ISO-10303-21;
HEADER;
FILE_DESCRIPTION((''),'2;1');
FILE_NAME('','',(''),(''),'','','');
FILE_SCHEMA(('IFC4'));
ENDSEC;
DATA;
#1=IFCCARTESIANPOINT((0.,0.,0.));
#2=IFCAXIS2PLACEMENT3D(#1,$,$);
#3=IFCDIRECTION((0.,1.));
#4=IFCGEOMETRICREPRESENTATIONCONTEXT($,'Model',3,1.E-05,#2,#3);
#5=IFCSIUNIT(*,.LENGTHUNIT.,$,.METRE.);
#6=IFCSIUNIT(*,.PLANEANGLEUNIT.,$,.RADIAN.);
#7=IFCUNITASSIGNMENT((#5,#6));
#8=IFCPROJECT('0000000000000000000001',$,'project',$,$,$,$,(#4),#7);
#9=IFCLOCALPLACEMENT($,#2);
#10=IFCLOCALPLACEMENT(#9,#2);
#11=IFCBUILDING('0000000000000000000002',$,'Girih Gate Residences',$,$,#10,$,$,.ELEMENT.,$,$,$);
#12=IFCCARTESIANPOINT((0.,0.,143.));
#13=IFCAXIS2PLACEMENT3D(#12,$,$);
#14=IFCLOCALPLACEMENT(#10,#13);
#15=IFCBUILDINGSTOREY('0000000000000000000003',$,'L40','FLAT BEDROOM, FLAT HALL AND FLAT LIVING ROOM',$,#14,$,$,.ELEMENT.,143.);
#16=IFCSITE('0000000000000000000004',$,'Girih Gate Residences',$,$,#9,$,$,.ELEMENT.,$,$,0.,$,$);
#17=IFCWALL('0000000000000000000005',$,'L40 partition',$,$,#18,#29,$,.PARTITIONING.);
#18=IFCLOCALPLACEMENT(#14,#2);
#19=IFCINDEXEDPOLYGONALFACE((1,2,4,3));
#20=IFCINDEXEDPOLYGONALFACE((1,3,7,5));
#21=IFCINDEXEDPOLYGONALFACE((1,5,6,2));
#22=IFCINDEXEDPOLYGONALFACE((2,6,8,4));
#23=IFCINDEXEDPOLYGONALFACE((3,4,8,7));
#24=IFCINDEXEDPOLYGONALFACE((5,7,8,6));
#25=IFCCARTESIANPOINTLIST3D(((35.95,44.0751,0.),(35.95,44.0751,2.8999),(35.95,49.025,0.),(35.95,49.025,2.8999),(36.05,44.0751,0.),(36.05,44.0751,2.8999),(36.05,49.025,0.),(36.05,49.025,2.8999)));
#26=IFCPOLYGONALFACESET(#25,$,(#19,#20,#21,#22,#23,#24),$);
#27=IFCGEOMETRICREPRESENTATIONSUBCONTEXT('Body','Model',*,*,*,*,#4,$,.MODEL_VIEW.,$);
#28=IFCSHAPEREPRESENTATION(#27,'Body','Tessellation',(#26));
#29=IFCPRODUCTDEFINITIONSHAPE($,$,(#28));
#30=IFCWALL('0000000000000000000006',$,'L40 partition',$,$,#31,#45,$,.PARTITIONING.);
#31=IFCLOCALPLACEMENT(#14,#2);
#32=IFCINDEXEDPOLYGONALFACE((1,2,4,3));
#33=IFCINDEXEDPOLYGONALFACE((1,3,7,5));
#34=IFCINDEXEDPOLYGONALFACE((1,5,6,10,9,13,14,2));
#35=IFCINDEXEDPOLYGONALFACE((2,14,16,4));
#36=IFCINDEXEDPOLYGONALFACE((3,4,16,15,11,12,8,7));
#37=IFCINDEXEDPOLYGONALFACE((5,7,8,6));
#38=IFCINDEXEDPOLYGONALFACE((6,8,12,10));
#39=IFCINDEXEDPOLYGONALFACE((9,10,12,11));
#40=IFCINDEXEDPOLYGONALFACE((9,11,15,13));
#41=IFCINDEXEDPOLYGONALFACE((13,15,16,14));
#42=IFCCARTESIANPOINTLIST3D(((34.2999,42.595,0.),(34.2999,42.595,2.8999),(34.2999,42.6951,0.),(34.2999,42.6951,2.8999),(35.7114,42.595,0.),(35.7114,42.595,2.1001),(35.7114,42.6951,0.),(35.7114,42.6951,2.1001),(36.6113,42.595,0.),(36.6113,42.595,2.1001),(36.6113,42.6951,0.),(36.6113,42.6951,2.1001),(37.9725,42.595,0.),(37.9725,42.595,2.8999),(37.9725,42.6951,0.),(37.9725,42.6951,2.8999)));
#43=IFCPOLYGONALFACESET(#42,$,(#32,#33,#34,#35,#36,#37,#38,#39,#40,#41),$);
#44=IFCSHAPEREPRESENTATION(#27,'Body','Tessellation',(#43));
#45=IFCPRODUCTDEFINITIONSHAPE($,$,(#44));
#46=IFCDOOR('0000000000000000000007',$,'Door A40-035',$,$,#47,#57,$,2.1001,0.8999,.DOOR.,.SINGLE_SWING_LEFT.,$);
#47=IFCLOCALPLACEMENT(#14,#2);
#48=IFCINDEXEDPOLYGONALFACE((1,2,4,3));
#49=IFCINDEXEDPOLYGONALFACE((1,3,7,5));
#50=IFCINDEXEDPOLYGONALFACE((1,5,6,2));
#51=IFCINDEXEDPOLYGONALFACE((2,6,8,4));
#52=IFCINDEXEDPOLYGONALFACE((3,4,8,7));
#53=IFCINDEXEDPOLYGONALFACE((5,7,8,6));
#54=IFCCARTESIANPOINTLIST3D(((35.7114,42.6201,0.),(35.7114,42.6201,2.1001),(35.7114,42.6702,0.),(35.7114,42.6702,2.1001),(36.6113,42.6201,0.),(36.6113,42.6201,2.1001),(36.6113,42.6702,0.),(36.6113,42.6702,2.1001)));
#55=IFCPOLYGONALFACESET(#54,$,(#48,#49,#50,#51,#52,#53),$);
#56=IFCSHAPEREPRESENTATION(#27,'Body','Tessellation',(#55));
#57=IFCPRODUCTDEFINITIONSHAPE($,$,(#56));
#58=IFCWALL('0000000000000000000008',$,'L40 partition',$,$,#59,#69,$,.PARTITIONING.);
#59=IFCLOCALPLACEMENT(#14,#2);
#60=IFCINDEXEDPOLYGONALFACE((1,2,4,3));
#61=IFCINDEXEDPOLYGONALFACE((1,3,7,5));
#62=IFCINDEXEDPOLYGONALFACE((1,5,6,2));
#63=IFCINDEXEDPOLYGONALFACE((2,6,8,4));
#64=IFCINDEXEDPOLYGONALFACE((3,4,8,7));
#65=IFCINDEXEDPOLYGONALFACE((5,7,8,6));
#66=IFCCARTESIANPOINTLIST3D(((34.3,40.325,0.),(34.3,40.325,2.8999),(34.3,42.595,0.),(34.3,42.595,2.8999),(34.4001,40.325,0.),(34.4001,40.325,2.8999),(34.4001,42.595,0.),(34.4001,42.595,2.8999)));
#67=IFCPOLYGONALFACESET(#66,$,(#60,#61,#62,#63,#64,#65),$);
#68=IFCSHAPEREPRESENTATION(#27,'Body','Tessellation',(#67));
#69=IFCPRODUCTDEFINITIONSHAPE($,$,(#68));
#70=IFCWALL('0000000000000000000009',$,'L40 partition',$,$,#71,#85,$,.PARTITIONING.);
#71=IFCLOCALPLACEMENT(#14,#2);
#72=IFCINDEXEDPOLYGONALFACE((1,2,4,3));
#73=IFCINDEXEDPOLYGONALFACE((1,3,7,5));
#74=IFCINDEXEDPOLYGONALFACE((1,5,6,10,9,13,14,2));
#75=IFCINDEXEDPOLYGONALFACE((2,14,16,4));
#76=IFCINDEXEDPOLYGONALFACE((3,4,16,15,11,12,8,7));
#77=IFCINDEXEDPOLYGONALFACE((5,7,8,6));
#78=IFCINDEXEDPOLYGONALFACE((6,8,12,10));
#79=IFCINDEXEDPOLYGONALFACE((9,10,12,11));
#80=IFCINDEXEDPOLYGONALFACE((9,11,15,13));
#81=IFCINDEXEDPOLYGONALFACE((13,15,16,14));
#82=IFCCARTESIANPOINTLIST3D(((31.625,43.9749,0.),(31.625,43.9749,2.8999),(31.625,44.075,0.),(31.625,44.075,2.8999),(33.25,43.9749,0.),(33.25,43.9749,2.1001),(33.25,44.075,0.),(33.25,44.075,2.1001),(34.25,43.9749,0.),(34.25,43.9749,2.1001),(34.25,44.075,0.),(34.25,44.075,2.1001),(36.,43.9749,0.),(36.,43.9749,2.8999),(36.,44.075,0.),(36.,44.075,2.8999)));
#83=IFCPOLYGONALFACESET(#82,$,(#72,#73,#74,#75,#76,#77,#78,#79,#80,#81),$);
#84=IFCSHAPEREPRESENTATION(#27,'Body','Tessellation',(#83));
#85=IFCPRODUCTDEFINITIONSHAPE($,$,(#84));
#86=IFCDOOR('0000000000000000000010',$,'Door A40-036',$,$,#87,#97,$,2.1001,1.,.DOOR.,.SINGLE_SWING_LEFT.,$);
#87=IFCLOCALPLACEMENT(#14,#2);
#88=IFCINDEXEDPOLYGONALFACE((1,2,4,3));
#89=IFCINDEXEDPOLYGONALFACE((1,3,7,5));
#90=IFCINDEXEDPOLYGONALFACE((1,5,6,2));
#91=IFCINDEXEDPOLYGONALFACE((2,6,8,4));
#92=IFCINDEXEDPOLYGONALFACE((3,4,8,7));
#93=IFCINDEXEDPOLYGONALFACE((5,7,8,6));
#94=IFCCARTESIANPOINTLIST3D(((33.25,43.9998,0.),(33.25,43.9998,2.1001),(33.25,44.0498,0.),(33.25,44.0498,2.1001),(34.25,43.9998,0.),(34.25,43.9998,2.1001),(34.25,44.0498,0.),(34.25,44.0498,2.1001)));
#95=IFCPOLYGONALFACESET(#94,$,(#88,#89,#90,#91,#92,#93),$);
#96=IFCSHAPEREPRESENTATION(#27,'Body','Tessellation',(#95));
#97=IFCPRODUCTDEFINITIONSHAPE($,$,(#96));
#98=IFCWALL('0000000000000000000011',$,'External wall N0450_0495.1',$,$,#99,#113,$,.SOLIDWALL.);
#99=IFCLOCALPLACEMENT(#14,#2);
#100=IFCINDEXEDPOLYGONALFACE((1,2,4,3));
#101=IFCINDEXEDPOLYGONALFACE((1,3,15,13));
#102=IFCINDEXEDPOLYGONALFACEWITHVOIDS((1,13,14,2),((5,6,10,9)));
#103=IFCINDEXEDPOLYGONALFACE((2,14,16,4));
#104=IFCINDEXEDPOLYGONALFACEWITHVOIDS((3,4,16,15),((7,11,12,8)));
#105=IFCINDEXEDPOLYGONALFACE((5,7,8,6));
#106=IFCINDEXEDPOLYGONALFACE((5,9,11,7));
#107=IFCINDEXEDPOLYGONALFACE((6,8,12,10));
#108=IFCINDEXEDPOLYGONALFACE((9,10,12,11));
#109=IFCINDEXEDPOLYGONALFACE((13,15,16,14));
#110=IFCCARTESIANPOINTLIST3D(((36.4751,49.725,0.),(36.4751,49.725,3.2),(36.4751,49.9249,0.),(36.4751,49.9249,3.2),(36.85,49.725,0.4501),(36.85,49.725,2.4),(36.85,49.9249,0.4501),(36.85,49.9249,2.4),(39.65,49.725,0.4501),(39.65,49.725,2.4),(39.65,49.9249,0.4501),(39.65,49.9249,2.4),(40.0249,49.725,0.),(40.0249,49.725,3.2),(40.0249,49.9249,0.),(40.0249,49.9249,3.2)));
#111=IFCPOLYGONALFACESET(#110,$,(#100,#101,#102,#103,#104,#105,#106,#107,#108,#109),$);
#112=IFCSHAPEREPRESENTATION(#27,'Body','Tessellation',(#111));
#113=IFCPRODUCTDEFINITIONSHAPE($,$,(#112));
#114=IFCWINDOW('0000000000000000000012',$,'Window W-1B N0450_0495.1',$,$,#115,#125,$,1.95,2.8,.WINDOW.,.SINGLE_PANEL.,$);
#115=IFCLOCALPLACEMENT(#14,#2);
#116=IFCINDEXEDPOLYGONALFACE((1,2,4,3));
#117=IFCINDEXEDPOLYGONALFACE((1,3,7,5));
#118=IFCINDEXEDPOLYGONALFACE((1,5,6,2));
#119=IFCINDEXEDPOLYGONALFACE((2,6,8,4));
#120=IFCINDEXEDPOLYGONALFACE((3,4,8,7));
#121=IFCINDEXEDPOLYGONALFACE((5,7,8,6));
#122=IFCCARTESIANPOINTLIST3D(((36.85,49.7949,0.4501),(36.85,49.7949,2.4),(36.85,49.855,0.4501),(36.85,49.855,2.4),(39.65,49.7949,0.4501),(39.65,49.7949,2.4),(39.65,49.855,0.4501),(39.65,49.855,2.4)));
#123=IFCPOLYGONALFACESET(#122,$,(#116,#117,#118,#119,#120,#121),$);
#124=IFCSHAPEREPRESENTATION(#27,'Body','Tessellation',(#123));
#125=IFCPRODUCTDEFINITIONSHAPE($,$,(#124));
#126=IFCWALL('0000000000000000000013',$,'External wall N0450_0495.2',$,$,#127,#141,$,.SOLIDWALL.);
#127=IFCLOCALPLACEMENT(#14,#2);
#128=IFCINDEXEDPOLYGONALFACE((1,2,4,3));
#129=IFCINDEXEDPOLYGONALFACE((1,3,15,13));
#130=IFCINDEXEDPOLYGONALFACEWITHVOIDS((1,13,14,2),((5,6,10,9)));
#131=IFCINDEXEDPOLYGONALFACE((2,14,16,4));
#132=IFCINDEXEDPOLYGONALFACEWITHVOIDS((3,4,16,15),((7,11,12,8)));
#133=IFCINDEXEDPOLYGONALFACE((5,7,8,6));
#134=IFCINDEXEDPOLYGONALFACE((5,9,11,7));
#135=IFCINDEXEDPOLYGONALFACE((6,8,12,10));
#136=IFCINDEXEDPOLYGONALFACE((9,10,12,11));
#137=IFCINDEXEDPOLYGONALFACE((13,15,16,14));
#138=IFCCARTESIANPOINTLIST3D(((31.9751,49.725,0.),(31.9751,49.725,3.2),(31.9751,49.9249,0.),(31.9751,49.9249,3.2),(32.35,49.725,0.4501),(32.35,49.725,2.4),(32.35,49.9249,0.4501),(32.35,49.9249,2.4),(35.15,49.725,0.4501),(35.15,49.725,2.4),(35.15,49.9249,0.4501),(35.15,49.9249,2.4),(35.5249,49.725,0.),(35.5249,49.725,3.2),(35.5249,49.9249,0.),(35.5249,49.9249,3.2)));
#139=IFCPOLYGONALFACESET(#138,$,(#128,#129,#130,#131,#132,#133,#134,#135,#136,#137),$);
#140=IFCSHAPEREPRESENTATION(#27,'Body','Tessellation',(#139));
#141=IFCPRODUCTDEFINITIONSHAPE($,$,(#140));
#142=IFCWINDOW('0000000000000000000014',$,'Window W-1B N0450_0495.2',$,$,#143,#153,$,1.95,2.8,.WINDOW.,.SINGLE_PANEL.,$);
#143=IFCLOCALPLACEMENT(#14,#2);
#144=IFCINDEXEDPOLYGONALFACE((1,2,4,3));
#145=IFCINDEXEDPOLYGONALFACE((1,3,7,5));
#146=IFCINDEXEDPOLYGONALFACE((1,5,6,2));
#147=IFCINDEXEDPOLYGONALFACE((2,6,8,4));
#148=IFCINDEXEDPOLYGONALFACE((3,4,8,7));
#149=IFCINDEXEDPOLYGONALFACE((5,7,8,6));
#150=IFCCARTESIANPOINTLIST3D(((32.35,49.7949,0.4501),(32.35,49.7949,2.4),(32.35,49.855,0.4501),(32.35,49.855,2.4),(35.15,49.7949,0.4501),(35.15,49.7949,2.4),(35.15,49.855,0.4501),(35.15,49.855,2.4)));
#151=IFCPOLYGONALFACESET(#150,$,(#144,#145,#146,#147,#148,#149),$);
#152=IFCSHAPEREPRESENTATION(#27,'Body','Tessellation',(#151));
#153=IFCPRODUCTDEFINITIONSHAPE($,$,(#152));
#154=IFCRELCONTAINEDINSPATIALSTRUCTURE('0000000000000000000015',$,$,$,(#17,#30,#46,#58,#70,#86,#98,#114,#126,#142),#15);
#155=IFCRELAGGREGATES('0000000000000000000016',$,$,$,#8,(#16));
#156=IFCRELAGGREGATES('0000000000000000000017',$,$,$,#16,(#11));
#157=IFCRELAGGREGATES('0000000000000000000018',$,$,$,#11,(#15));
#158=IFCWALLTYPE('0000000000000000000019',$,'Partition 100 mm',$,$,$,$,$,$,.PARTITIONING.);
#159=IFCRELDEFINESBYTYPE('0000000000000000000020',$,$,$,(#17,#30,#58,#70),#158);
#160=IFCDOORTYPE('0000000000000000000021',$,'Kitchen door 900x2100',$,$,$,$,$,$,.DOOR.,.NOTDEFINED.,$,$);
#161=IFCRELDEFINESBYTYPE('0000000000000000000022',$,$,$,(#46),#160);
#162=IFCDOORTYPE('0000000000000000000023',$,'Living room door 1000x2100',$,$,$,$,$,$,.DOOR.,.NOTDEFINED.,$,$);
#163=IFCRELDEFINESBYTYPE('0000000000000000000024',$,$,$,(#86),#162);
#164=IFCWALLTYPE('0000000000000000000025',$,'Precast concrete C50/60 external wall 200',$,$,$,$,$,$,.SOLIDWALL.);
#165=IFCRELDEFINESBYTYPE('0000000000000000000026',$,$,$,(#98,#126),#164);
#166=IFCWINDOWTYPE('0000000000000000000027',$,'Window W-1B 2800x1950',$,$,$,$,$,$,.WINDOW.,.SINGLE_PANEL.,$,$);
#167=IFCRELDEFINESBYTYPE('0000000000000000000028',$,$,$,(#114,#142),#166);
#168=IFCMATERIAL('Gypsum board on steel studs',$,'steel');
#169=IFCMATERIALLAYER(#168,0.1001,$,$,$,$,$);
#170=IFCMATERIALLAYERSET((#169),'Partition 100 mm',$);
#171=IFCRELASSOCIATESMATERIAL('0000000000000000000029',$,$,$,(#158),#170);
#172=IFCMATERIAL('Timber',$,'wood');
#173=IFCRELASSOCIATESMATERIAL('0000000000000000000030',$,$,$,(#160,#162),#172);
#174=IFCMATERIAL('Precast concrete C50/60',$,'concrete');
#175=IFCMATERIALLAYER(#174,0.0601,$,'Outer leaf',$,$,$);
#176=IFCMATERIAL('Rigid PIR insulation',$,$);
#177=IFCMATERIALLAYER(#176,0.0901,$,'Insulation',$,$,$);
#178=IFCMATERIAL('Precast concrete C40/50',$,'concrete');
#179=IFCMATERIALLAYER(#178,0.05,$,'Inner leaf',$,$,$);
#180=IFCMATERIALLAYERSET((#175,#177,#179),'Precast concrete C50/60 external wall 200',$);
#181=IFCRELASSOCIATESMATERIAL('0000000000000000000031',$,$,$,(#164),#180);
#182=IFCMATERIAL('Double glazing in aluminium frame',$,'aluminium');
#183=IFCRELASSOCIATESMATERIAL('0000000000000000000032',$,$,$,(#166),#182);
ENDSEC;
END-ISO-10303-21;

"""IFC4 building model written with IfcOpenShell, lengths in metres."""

from ifc_helpers import new_model, si_unit, direction, frame, frame_2d, origin, place, context, subcontext, project, spatial, rectangle, extrude, material, layer, layer_set, type_object, element, fill, save


model = new_model("IFC4")

# Units and contexts
model_context = context("Model", 3, precision=1e-05, world=origin(), true_north=direction((0.0, 1.0)))
body_context = subcontext(model_context, "Body", "Model", "MODEL_VIEW")
ifc_project = project(units=[si_unit("LENGTHUNIT", "METRE"), si_unit("PLANEANGLEUNIT", "RADIAN")], contexts=[model_context])

# Site, building, storey
site_placement = place(None, origin())
site = spatial("IfcSite", under=ifc_project, at=site_placement, Name="Girih Gate Residences", CompositionType="ELEMENT", RefElevation=0.0)
building_placement = place(site_placement, origin())
building = spatial("IfcBuilding", under=site, at=building_placement, Name="Girih Gate Residences", CompositionType="ELEMENT")
storey_placement = place(building_placement, frame((0.0, 0.0, 143.0)))
storey = spatial("IfcBuildingStorey", under=building, at=storey_placement, Name="L40", Description="FLAT BEDROOM, FLAT HALL AND FLAT LIVING ROOM", CompositionType="ELEMENT", Elevation=143.0)

# Shared definitions
ifc_material_1 = material(Name="Gypsum board on steel studs", Category="steel")

# Shared definitions
ifc_layer_1 = layer(ifc_material_1, 0.1001)
ifc_layer_set_1 = layer_set([ifc_layer_1], Name="Partition 100 mm")
wall_type_1 = type_object("IfcWallType", Name="Partition 100 mm", PredefinedType="PARTITIONING", material=ifc_layer_set_1)
ifc_material_2 = material(Name="Timber", Category="wood")

# Wall
wall_1_placement = place(storey_placement, frame((36.0, 44.075, 0.0), z_axis=(0.0, 0.0, 1.0), x_axis=(0.0, 1.0, 0.0)))
element("IfcWall", 1, at=wall_1_placement, inside=storey, type_object=wall_type_1, Name="L40 partition", PredefinedType="PARTITIONING", context=body_context, shape_type="SweptSolid", body=[
    extrude(rectangle(XDim=4.95, YDim=0.1001, at=frame_2d((2.4751, 0.0))), origin(), (0.0, 0.0, 1.0), 2.8999),
])

# Wall, opening, door
wall_2_placement = place(storey_placement, frame((37.9727, 42.645, 0.0), z_axis=(0.0, 0.0, 1.0), x_axis=(-1.0, 0.0, 0.0)))
wall_2 = element("IfcWall", 2, at=wall_2_placement, inside=storey, type_object=wall_type_1, Name="L40 partition", PredefinedType="PARTITIONING", context=body_context, shape_type="SweptSolid", body=[
    extrude(rectangle(XDim=3.6726, YDim=0.1001, at=frame_2d((1.8364, 0.0))), origin(), (0.0, 0.0, 1.0), 2.8999),
])
opening_1_placement = place(wall_2_placement, frame((1.3613, 0.0, 0.0)))
opening_1 = element("IfcOpeningElement", 3, at=opening_1_placement, cuts=wall_2, PredefinedType="OPENING", context=body_context, shape_type="SweptSolid", body=[
    extrude(rectangle(XDim=0.8999, YDim=2.1001, at=frame_2d((0.45, 1.05))), frame((0.0, 0.0601, 0.0), z_axis=(0.0, -1.0, 0.0), x_axis=(1.0, 0.0, 0.0)), (0.0, 0.0, 1.0), 0.1201),
])
door_type_1 = type_object("IfcDoorType", Name="Kitchen door 900x2100", OperationType="NOTDEFINED", PredefinedType="DOOR", material=ifc_material_2)
door_1_placement = place(opening_1_placement, origin())
door_1 = element("IfcDoor", 4, at=door_1_placement, inside=storey, type_object=door_type_1, Name="Door A40-035", OperationType="SINGLE_SWING_LEFT", OverallHeight=2.1001, OverallWidth=0.8999, PredefinedType="DOOR", context=body_context, shape_type="SweptSolid", body=[
    extrude(rectangle(XDim=0.8999, YDim=2.1001, at=frame_2d((0.45, 1.05))), frame((0.0, 0.0249, 0.0), z_axis=(0.0, -1.0, 0.0), x_axis=(1.0, 0.0, 0.0)), (0.0, 0.0, 1.0), 0.05),
])
fill(opening_1, door_1)

# Wall
wall_3_placement = place(storey_placement, frame((34.3501, 40.325, 0.0), z_axis=(0.0, 0.0, 1.0), x_axis=(0.0, 1.0, 0.0)))
element("IfcWall", 5, at=wall_3_placement, inside=storey, type_object=wall_type_1, Name="L40 partition", PredefinedType="PARTITIONING", context=body_context, shape_type="SweptSolid", body=[
    extrude(rectangle(XDim=2.27, YDim=0.1001, at=frame_2d((1.135, 0.0))), origin(), (0.0, 0.0, 1.0), 2.8999),
])

# Wall, opening, door
wall_4_placement = place(storey_placement, frame((31.625, 44.0249, 0.0), z_axis=(0.0, 0.0, 1.0), x_axis=(1.0, 0.0, 0.0)))
wall_4 = element("IfcWall", 6, at=wall_4_placement, inside=storey, type_object=wall_type_1, Name="L40 partition", PredefinedType="PARTITIONING", context=body_context, shape_type="SweptSolid", body=[
    extrude(rectangle(XDim=4.375, YDim=0.1001, at=frame_2d((2.1875, 0.0))), origin(), (0.0, 0.0, 1.0), 2.8999),
])
opening_2_placement = place(wall_4_placement, frame((1.625, 0.0, 0.0)))
opening_2 = element("IfcOpeningElement", 7, at=opening_2_placement, cuts=wall_4, PredefinedType="OPENING", context=body_context, shape_type="SweptSolid", body=[
    extrude(rectangle(XDim=1.0, YDim=2.1001, at=frame_2d((0.5, 1.05))), frame((0.0, 0.0601, 0.0), z_axis=(0.0, -1.0, 0.0), x_axis=(1.0, 0.0, 0.0)), (0.0, 0.0, 1.0), 0.1201),
])
door_type_2 = type_object("IfcDoorType", Name="Living room door 1000x2100", OperationType="NOTDEFINED", PredefinedType="DOOR", material=ifc_material_2)
door_2_placement = place(opening_2_placement, origin())
door_2 = element("IfcDoor", 8, at=door_2_placement, inside=storey, type_object=door_type_2, Name="Door A40-036", OperationType="SINGLE_SWING_LEFT", OverallHeight=2.1001, OverallWidth=1.0, PredefinedType="DOOR", context=body_context, shape_type="SweptSolid", body=[
    extrude(rectangle(XDim=1.0, YDim=2.1001, at=frame_2d((0.5, 1.05))), frame((0.0, 0.0249, 0.0), z_axis=(0.0, -1.0, 0.0), x_axis=(1.0, 0.0, 0.0)), (0.0, 0.0, 1.0), 0.05),
])
fill(opening_2, door_2)

# Walls, openings, windows
ifc_material_3 = material(Name="Precast concrete C50/60", Category="concrete")
ifc_layer_2 = layer(ifc_material_3, 0.0601, Name="Outer leaf")
ifc_material_4 = material(Name="Rigid PIR insulation")
ifc_layer_3 = layer(ifc_material_4, 0.0901, Name="Insulation")
ifc_material_5 = material(Name="Precast concrete C40/50", Category="concrete")
ifc_layer_4 = layer(ifc_material_5, 0.05, Name="Inner leaf")
ifc_layer_set_2 = layer_set([ifc_layer_2, ifc_layer_3, ifc_layer_4], Name="Precast concrete C50/60 external wall 200")
wall_type_2 = type_object("IfcWallType", Name="Precast concrete C50/60 external wall 200", PredefinedType="SOLIDWALL", material=ifc_layer_set_2)
wall_5_placement = place(storey_placement, frame((36.4751, 49.825, 0.0), z_axis=(0.0, 0.0, 1.0), x_axis=(1.0, 0.0, 0.0)))
wall_5 = element("IfcWall", 9, at=wall_5_placement, inside=storey, type_object=wall_type_2, Name="External wall N0450_0495.1", PredefinedType="SOLIDWALL", context=body_context, shape_type="SweptSolid", body=[
    extrude(rectangle(XDim=3.5498, YDim=0.2, at=frame_2d((1.7749, 0.0))), origin(), (0.0, 0.0, 1.0), 3.2),
])
opening_3_placement = place(wall_5_placement, frame((0.375, 0.0, 0.45)))
opening_3 = element("IfcOpeningElement", 10, at=opening_3_placement, cuts=wall_5, PredefinedType="OPENING", context=body_context, shape_type="SweptSolid", body=[
    extrude(rectangle(XDim=2.8, YDim=1.95, at=frame_2d((1.3999, 0.9751))), frame((0.0, 0.1099, 0.0), z_axis=(0.0, -1.0, 0.0), x_axis=(1.0, 0.0, 0.0)), (0.0, 0.0, 1.0), 0.22),
])
ifc_material_6 = material(Name="Double glazing in aluminium frame", Category="aluminium")
window_type = type_object("IfcWindowType", Name="Window W-1B 2800x1950", PartitioningType="SINGLE_PANEL", PredefinedType="WINDOW", material=ifc_material_6)
window_1_placement = place(opening_3_placement, origin())
window_1 = element("IfcWindow", 11, at=window_1_placement, inside=storey, type_object=window_type, Name="Window W-1B N0450_0495.1", OverallHeight=1.95, OverallWidth=2.8, PartitioningType="SINGLE_PANEL", PredefinedType="WINDOW", context=body_context, shape_type="SweptSolid", body=[
    extrude(rectangle(XDim=2.8, YDim=1.95, at=frame_2d((1.3999, 0.9751))), frame((0.0, 0.03, 0.0), z_axis=(0.0, -1.0, 0.0), x_axis=(1.0, 0.0, 0.0)), (0.0, 0.0, 1.0), 0.0601),
])
fill(opening_3, window_1)
wall_6_placement = place(storey_placement, frame((31.9751, 49.825, 0.0), z_axis=(0.0, 0.0, 1.0), x_axis=(1.0, 0.0, 0.0)))
wall_6 = element("IfcWall", 12, at=wall_6_placement, inside=storey, type_object=wall_type_2, Name="External wall N0450_0495.2", PredefinedType="SOLIDWALL", context=body_context, shape_type="SweptSolid", body=[
    extrude(rectangle(XDim=3.5498, YDim=0.2, at=frame_2d((1.7749, 0.0))), origin(), (0.0, 0.0, 1.0), 3.2),
])
opening_4_placement = place(wall_6_placement, frame((0.375, 0.0, 0.45)))
opening_4 = element("IfcOpeningElement", 13, at=opening_4_placement, cuts=wall_6, PredefinedType="OPENING", context=body_context, shape_type="SweptSolid", body=[
    extrude(rectangle(XDim=2.8, YDim=1.95, at=frame_2d((1.3999, 0.9751))), frame((0.0, 0.1099, 0.0), z_axis=(0.0, -1.0, 0.0), x_axis=(1.0, 0.0, 0.0)), (0.0, 0.0, 1.0), 0.22),
])
window_2_placement = place(opening_4_placement, origin())
window_2 = element("IfcWindow", 14, at=window_2_placement, inside=storey, type_object=window_type, Name="Window W-1B N0450_0495.2", OverallHeight=1.95, OverallWidth=2.8, PartitioningType="SINGLE_PANEL", PredefinedType="WINDOW", context=body_context, shape_type="SweptSolid", body=[
    extrude(rectangle(XDim=2.8, YDim=1.95, at=frame_2d((1.3999, 0.9751))), frame((0.0, 0.03, 0.0), z_axis=(0.0, -1.0, 0.0), x_axis=(1.0, 0.0, 0.0)), (0.0, 0.0, 1.0), 0.0601),
])
fill(opening_4, window_2)

save(model, "model.ifc")
